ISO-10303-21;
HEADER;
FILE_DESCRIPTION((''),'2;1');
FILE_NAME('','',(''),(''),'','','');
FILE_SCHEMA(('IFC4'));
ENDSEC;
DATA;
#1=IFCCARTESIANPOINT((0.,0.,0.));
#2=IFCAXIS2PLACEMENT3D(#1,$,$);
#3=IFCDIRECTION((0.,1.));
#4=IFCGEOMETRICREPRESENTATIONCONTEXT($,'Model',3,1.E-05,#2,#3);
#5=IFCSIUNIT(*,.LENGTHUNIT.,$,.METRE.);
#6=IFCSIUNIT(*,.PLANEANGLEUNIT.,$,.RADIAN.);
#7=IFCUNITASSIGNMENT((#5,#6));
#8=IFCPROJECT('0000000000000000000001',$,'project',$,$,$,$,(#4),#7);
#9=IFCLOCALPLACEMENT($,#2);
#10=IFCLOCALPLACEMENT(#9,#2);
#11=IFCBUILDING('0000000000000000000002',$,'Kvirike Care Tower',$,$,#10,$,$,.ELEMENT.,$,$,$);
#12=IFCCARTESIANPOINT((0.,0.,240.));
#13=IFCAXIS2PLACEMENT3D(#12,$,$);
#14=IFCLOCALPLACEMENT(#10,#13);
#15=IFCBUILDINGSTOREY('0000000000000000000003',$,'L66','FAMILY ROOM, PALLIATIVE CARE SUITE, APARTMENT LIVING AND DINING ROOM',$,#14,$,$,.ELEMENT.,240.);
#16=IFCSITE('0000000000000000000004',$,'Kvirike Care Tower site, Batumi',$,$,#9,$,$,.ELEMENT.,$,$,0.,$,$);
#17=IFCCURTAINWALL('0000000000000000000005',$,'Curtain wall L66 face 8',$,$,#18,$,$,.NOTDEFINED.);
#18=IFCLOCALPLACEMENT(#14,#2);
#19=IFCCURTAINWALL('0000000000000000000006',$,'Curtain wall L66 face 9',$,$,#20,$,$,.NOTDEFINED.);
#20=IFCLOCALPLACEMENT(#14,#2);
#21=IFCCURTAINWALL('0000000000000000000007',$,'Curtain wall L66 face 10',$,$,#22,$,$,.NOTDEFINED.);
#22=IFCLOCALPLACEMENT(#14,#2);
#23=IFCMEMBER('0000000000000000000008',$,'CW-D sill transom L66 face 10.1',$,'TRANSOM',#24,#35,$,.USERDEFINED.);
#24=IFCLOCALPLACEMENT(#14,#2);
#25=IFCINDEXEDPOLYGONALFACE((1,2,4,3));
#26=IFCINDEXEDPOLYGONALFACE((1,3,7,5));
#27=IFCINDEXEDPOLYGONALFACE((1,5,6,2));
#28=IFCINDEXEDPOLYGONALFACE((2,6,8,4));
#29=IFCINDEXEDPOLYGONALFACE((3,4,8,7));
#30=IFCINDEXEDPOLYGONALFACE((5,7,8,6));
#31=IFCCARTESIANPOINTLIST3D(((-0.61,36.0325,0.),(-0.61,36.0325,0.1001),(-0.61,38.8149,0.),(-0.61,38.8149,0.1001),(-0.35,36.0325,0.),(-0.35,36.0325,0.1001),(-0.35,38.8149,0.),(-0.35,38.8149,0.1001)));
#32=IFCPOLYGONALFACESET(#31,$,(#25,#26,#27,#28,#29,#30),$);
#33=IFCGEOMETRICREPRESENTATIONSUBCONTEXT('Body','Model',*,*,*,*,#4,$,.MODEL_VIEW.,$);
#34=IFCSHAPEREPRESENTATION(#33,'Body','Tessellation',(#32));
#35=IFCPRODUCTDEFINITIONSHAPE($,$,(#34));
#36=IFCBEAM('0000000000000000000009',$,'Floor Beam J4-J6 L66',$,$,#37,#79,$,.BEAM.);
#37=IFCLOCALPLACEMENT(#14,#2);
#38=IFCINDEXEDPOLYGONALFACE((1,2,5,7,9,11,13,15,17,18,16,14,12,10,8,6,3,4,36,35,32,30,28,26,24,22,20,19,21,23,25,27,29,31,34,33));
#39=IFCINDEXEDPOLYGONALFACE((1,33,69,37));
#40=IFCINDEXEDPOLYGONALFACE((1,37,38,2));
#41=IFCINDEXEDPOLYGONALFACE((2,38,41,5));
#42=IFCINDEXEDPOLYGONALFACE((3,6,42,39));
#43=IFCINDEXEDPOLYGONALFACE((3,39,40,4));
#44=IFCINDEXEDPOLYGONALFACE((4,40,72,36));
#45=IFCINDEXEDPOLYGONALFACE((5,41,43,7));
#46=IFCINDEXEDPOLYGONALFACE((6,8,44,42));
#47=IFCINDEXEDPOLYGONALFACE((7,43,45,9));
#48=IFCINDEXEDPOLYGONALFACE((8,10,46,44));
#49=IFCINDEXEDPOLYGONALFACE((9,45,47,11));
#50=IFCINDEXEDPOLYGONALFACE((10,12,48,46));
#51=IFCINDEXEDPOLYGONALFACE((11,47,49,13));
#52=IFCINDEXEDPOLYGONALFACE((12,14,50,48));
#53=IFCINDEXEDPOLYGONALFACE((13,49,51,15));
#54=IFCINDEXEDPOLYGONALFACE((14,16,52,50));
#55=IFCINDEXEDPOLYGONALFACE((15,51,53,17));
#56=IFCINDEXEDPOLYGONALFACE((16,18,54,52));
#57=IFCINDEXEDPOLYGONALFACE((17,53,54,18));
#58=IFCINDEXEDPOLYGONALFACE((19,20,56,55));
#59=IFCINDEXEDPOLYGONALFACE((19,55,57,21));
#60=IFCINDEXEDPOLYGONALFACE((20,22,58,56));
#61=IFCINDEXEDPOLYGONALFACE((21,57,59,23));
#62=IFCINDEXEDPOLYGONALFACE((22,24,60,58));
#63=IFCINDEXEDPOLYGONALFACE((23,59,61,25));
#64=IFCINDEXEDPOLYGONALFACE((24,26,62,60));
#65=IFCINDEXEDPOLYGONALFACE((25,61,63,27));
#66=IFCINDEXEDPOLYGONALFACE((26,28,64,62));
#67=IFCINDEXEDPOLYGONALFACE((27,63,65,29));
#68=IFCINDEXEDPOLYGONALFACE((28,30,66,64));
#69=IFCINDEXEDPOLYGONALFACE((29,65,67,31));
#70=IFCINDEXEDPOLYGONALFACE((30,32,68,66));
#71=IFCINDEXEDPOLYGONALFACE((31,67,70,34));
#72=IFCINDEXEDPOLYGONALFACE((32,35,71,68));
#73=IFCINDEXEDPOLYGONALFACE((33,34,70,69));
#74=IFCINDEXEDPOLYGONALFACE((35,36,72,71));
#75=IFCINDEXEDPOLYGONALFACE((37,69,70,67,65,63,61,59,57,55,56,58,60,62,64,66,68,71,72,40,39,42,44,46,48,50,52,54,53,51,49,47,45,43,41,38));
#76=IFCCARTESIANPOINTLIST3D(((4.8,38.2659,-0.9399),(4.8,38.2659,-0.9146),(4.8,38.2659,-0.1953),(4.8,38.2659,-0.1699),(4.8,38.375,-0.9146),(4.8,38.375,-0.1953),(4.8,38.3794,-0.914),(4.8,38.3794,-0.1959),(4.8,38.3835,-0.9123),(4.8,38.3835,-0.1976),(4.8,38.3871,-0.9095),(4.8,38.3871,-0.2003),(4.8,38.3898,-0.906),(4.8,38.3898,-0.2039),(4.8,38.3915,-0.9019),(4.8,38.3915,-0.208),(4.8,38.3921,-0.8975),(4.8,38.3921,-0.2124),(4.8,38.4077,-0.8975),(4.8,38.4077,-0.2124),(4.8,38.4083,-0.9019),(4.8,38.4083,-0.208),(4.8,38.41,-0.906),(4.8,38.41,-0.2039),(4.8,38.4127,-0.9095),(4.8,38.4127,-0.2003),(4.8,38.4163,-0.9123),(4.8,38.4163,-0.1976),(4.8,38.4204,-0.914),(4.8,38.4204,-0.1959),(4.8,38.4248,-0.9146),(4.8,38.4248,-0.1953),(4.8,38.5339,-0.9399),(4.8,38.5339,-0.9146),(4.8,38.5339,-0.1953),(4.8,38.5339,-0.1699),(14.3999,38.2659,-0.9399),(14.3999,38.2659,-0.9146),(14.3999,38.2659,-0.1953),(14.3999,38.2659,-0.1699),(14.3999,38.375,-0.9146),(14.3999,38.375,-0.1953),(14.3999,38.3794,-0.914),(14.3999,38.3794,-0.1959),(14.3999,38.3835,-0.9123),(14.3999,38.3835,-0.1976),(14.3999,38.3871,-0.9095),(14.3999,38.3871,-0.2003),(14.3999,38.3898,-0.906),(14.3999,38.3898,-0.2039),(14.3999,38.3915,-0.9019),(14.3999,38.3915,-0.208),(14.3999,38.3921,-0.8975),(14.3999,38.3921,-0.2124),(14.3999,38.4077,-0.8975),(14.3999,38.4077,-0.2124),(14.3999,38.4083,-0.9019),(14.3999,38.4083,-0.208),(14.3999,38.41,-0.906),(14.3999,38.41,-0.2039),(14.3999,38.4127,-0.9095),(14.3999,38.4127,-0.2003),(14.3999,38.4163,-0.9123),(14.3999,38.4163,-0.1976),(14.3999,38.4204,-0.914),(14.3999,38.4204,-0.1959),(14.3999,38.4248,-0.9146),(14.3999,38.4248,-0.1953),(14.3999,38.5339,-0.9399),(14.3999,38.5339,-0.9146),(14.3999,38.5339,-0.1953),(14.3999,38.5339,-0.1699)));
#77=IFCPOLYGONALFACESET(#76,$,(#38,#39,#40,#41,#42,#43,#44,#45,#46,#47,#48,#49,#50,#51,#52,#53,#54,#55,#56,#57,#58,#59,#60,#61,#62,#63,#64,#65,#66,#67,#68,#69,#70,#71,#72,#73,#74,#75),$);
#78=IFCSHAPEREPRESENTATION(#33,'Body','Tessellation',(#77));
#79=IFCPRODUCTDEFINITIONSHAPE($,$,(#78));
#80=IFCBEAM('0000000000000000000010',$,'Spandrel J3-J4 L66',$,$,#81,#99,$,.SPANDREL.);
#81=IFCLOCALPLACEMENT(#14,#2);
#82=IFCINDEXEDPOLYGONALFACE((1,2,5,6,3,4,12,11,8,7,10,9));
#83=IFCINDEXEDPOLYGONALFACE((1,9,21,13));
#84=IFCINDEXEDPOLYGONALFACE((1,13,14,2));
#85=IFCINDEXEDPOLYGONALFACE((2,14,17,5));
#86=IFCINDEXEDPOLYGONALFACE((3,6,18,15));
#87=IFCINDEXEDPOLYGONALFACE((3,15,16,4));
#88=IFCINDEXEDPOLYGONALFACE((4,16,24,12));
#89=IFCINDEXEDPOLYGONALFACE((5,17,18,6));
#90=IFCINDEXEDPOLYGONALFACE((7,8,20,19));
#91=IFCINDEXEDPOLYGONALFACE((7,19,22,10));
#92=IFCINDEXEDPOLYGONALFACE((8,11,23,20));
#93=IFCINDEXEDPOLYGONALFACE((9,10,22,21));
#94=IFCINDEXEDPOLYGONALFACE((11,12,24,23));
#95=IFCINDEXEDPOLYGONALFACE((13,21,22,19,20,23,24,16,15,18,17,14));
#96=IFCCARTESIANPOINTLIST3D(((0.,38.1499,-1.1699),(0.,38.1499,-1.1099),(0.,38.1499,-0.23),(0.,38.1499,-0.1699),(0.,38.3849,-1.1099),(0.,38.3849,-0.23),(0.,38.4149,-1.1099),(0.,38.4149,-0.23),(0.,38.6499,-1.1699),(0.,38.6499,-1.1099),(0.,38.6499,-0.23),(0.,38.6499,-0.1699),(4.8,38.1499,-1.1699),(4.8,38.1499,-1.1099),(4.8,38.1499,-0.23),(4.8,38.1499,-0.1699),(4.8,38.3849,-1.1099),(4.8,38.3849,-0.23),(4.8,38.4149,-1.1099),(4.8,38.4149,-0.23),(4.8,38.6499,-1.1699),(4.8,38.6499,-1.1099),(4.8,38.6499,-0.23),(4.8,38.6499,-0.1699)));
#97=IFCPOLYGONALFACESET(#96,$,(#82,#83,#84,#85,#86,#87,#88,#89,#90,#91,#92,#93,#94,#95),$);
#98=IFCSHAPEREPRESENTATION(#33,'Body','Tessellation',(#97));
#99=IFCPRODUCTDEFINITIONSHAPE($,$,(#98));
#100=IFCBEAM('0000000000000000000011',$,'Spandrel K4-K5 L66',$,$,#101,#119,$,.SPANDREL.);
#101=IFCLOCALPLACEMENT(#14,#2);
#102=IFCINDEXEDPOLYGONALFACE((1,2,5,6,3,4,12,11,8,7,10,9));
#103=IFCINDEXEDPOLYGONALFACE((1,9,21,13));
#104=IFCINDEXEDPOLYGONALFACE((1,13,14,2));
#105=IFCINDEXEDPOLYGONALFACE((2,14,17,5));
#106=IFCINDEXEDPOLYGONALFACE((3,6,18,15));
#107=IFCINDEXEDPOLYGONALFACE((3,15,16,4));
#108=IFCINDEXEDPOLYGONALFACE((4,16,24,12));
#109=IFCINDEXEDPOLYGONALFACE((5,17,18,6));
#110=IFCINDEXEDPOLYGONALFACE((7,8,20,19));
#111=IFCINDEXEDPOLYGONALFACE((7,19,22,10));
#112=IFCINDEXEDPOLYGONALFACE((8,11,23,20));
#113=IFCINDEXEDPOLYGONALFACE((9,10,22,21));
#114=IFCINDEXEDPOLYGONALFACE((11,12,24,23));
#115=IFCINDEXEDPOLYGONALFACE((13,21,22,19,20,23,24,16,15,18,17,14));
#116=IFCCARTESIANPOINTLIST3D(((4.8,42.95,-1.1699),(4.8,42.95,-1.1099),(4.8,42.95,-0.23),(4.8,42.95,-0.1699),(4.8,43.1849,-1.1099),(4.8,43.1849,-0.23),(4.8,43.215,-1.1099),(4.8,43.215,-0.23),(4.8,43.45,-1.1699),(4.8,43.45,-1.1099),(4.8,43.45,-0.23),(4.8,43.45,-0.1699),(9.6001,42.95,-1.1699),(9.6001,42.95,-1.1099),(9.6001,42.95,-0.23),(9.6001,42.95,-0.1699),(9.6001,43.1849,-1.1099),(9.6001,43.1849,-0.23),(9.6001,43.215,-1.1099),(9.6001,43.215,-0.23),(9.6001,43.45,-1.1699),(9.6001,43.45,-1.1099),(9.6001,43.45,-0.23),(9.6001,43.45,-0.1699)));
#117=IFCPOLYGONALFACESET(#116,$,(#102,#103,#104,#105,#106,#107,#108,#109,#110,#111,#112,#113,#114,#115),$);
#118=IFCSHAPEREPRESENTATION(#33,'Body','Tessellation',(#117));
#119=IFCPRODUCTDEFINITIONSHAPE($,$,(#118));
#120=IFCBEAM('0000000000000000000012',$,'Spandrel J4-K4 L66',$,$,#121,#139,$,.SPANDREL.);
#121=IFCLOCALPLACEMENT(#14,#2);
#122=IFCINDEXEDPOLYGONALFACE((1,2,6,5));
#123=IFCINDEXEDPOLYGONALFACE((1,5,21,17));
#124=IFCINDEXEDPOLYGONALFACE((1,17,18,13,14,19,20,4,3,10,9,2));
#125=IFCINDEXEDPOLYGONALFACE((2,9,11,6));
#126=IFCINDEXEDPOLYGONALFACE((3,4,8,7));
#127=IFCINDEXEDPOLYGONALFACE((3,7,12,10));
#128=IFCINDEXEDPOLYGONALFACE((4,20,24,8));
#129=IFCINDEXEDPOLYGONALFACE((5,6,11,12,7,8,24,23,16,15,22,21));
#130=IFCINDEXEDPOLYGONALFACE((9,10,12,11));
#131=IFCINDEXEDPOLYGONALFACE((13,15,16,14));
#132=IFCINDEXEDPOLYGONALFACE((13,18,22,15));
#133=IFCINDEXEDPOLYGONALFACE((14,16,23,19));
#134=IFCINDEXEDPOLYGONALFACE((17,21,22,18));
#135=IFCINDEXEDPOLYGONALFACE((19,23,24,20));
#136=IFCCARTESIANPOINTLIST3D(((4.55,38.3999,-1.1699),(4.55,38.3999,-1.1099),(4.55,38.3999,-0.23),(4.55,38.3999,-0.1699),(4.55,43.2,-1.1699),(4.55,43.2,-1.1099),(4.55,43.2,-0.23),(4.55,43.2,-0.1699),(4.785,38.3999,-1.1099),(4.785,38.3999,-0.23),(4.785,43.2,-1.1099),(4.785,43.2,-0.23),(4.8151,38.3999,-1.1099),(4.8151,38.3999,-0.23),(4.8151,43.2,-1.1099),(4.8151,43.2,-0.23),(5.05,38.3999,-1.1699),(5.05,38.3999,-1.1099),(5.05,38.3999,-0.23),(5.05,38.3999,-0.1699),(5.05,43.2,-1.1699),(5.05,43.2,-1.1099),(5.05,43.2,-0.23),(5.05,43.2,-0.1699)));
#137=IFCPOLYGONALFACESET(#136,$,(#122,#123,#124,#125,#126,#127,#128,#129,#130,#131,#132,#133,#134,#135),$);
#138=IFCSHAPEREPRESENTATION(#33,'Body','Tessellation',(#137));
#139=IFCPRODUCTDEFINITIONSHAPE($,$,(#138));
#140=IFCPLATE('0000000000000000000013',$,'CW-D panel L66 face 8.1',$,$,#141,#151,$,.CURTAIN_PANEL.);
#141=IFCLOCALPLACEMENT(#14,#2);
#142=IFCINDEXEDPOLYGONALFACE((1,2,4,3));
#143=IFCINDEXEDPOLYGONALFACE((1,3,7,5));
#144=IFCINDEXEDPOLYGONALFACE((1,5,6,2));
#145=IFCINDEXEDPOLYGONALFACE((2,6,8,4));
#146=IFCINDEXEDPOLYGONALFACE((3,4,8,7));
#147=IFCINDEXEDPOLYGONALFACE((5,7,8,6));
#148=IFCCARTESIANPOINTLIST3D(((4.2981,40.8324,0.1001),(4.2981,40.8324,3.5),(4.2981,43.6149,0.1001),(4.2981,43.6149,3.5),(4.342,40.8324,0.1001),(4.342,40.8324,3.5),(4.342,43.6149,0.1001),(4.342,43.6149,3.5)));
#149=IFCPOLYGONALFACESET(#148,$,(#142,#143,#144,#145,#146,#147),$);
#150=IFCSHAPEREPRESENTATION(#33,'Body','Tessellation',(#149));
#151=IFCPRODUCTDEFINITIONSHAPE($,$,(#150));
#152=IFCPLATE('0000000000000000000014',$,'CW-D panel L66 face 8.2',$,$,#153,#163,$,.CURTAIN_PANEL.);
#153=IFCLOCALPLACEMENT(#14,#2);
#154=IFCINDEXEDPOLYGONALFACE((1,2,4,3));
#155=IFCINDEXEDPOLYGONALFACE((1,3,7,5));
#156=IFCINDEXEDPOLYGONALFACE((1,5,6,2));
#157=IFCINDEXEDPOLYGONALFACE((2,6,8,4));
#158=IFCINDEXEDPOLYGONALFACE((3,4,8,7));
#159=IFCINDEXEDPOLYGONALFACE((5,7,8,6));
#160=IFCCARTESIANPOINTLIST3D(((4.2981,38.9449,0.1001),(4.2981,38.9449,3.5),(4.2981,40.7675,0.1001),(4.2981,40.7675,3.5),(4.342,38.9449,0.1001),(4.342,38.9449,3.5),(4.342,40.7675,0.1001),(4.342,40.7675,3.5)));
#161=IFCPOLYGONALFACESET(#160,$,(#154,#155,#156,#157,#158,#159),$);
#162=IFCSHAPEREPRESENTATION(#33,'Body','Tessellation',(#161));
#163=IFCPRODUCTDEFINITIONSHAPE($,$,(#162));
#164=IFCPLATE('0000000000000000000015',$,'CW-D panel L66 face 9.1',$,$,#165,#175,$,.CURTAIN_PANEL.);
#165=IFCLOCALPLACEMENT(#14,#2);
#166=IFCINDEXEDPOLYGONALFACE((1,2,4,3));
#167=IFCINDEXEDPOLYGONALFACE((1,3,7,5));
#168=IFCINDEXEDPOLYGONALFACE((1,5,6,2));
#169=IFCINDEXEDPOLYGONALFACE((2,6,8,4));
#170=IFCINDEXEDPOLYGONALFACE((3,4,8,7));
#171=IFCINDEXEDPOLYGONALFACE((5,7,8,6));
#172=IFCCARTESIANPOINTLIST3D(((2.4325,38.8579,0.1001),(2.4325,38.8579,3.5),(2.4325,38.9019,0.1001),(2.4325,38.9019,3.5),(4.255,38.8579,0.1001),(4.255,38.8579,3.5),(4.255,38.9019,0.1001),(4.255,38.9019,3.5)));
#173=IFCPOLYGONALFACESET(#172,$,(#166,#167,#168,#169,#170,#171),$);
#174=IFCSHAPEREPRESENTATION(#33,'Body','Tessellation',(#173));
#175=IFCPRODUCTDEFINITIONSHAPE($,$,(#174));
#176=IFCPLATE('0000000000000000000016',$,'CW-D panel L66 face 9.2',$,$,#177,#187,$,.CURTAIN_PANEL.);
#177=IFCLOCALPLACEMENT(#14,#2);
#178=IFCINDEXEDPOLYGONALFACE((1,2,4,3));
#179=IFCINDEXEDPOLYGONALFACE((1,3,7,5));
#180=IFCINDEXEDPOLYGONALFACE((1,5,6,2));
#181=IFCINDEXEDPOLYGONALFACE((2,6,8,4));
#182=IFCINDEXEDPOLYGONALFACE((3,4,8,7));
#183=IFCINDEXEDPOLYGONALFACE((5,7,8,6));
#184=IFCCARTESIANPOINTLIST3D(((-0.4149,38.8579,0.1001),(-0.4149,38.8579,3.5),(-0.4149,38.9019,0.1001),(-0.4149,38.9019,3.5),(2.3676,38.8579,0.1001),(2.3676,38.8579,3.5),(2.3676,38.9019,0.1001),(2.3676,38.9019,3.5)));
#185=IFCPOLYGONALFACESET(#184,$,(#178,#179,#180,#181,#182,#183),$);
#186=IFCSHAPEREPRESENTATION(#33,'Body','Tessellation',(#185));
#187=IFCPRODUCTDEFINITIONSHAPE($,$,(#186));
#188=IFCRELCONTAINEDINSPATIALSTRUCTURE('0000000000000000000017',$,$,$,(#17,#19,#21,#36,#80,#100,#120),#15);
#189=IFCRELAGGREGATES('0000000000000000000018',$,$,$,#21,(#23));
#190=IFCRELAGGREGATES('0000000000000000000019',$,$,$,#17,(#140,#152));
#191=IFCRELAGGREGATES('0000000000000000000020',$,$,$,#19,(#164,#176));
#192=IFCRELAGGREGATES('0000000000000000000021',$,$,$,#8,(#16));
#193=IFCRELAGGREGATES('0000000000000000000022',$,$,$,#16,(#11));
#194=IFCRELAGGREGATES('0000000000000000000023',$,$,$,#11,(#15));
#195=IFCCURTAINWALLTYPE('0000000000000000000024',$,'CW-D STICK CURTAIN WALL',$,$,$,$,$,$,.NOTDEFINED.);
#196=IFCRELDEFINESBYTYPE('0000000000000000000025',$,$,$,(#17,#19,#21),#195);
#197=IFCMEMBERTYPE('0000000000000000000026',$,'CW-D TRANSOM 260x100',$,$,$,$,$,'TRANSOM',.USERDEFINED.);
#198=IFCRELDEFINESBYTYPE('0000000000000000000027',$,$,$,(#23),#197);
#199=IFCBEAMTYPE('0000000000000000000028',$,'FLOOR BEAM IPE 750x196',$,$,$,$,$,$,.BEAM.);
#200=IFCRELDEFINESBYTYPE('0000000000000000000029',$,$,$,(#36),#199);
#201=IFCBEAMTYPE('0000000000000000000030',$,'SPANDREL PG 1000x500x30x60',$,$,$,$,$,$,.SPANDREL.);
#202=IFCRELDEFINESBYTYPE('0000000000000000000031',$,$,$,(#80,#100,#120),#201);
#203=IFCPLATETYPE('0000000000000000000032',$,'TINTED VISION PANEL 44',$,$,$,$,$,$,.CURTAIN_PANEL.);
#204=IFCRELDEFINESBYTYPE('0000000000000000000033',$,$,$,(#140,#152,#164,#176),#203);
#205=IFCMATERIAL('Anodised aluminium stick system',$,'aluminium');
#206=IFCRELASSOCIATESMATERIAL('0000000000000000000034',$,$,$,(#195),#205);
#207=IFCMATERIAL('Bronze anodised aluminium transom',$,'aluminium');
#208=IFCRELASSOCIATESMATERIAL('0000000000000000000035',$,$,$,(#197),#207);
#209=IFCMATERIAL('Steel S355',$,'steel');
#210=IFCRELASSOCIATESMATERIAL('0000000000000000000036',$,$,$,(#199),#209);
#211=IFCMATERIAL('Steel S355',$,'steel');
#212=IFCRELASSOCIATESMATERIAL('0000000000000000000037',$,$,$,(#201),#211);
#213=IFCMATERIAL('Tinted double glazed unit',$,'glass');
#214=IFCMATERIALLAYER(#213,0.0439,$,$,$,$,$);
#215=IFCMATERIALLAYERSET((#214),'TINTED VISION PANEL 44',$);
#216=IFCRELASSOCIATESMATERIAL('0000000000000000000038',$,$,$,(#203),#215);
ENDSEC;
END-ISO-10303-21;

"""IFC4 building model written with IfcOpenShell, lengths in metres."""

from ifc_helpers import new_model, si_unit, direction, frame, origin, origin_2d, place, context, subcontext, project, spatial, rectangle, i_section, extrude, material, layer, layer_set, material_profile, profile_set, type_object, element, aggregate, save


model = new_model("IFC4")

# Units and contexts
model_context = context("Model", 3, precision=1e-05, world=origin(), true_north=direction((0.0, 1.0)))
body_context = subcontext(model_context, "Body", "Model", "MODEL_VIEW")
ifc_project = project(units=[si_unit("LENGTHUNIT", "METRE"), si_unit("PLANEANGLEUNIT", "RADIAN")], contexts=[model_context])

# Site, building, storey
site_placement = place(None, origin())
site = spatial("IfcSite", under=ifc_project, at=site_placement, Name="Kvirike Care Tower site, Batumi", CompositionType="ELEMENT", RefElevation=0.0)
building_placement = place(site_placement, origin())
building = spatial("IfcBuilding", under=site, at=building_placement, Name="Kvirike Care Tower", CompositionType="ELEMENT")
storey_placement = place(building_placement, frame((0.0, 0.0, 240.0)))
storey = spatial("IfcBuildingStorey", under=building, at=storey_placement, Name="L66", Description="FAMILY ROOM, PALLIATIVE CARE SUITE, APARTMENT LIVING AND DINING ROOM", CompositionType="ELEMENT", Elevation=240.0)

# Shared definitions
ifc_material_1 = material(Name="Anodised aluminium stick system", Category="aluminium")
curtain_wall_type = type_object("IfcCurtainWallType", Name="CW-D STICK CURTAIN WALL", PredefinedType="NOTDEFINED", material=ifc_material_1)

# Curtain walls
curtain_wall_1_placement = place(storey_placement, origin())
curtain_wall_1 = element("IfcCurtainWall", 1, at=curtain_wall_1_placement, inside=storey, type_object=curtain_wall_type, Name="Curtain wall L66 face 8", PredefinedType="NOTDEFINED")
curtain_wall_2_placement = place(storey_placement, origin())
curtain_wall_2 = element("IfcCurtainWall", 2, at=curtain_wall_2_placement, inside=storey, type_object=curtain_wall_type, Name="Curtain wall L66 face 9", PredefinedType="NOTDEFINED")

# Curtain wall
curtain_wall_3_placement = place(storey_placement, origin())
curtain_wall_3 = element("IfcCurtainWall", 3, at=curtain_wall_3_placement, inside=storey, type_object=curtain_wall_type, Name="Curtain wall L66 face 10", PredefinedType="NOTDEFINED")

# Member
ifc_material_2 = material(Name="Bronze anodised aluminium transom", Category="aluminium")
ifc_material_profile_1 = material_profile(ifc_material_2, rectangle(XDim=0.26, YDim=0.1001, at=origin_2d()), Name="CW-D TRANSOM 260x100")
ifc_profile_set_1 = profile_set([ifc_material_profile_1], Name="Bronze anodised aluminium transom")
member_type_1 = type_object("IfcMemberType", Name="CW-D TRANSOM 260x100", ElementType="TRANSOM", PredefinedType="USERDEFINED", material=ifc_profile_set_1)
member_1_placement = place(storey_placement, frame((-0.48, 38.8149, 0.05), z_axis=(0.0, -1.0, 0.0), x_axis=(1.0, 0.0, 0.0)))
member_1 = element("IfcMember", 4, at=member_1_placement, type_object=member_type_1, Name="CW-D sill transom L66 face 10.1", ObjectType="TRANSOM", PredefinedType="USERDEFINED", context=body_context, shape_type="SweptSolid", body=[
    extrude(rectangle(XDim=0.26, YDim=0.1001, at=origin_2d()), origin(), (0.0, 0.0, 1.0), 2.7825),
])
aggregate(curtain_wall_3, [member_1])

# Beams
ifc_material_3 = material(Name="Steel S355", Category="steel")
ifc_material_profile_2 = material_profile(ifc_material_3, i_section(OverallWidth=0.2681, OverallDepth=0.77, WebThickness=0.0156, FlangeThickness=0.0254, FilletRadius=0.0171, at=origin_2d()), Name="IPE 750x196")
ifc_profile_set_2 = profile_set([ifc_material_profile_2], Name="Steel S355")
beam_type_1 = type_object("IfcBeamType", Name="FLOOR BEAM IPE 750x196", PredefinedType="BEAM", material=ifc_profile_set_2)
beam_placement = place(storey_placement, frame((4.8, 38.3999, -0.5549), z_axis=(1.0, 0.0, 0.0), x_axis=(0.0, 1.0, 0.0)))
element("IfcBeam", 5, at=beam_placement, inside=storey, type_object=beam_type_1, Name="Floor Beam J4-J6 L66", PredefinedType="BEAM", context=body_context, shape_type="SweptSolid", body=[
    extrude(i_section(OverallWidth=0.2681, OverallDepth=0.77, WebThickness=0.0156, FlangeThickness=0.0254, FilletRadius=0.0171, at=origin_2d()), origin(), (0.0, 0.0, 1.0), 9.5999),
])
ifc_material_4 = material(Name="Steel S355", Category="steel")
ifc_material_profile_3 = material_profile(ifc_material_4, i_section(OverallWidth=0.5, OverallDepth=1.0, WebThickness=0.03, FlangeThickness=0.0601, at=origin_2d()), Name="PG 1000x500x30x60")
ifc_profile_set_3 = profile_set([ifc_material_profile_3], Name="Steel S355")
beam_type_2 = type_object("IfcBeamType", Name="SPANDREL PG 1000x500x30x60", PredefinedType="SPANDREL", material=ifc_profile_set_3)
for number, where, z_axis, x_axis, name in (
    (6, (0.0, 38.3999, -0.6699), (1.0, 0.0, 0.0), (0.0, 1.0, 0.0), "Spandrel J3-J4 L66"),
    (7, (4.8, 43.2, -0.6699), (1.0, 0.0, 0.0), (0.0, 1.0, 0.0), "Spandrel K4-K5 L66"),
    (8, (4.8, 38.3999, -0.6699), (0.0, 1.0, 0.0), (-1.0, 0.0, 0.0), "Spandrel J4-K4 L66"),
):
    element("IfcBeam", number, at=place(storey_placement, frame(where, z_axis=z_axis, x_axis=x_axis)), inside=storey, type_object=beam_type_2, Name=name, PredefinedType="SPANDREL", context=body_context, shape_type="SweptSolid", body=[
        extrude(i_section(OverallWidth=0.5, OverallDepth=1.0, WebThickness=0.03, FlangeThickness=0.0601, at=origin_2d()), origin(), (0.0, 0.0, 1.0), 4.8),
    ])

# Plates
ifc_material_5 = material(Name="Tinted double glazed unit", Category="glass")
ifc_layer_1 = layer(ifc_material_5, 0.0439)
ifc_layer_set_1 = layer_set([ifc_layer_1], Name="TINTED VISION PANEL 44")
plate_type = type_object("IfcPlateType", Name="TINTED VISION PANEL 44", PredefinedType="CURTAIN_PANEL", material=ifc_layer_set_1)
plate_1_placement = place(storey_placement, frame((4.3201, 42.2236, 0.1001), z_axis=(0.0, 0.0, 1.0), x_axis=(0.0, -1.0, 0.0)))
plate_1 = element("IfcPlate", 9, at=plate_1_placement, type_object=plate_type, Name="CW-D panel L66 face 8.1", PredefinedType="CURTAIN_PANEL", context=body_context, shape_type="SweptSolid", body=[
    extrude(rectangle(XDim=2.7825, YDim=0.0439, at=origin_2d()), origin(), (0.0, 0.0, 1.0), 3.3999),
])
plate_2_placement = place(storey_placement, frame((4.3201, 39.8562, 0.1001), z_axis=(0.0, 0.0, 1.0), x_axis=(0.0, -1.0, 0.0)))
plate_2 = element("IfcPlate", 10, at=plate_2_placement, type_object=plate_type, Name="CW-D panel L66 face 8.2", PredefinedType="CURTAIN_PANEL", context=body_context, shape_type="SweptSolid", body=[
    extrude(rectangle(XDim=1.8225, YDim=0.0439, at=origin_2d()), origin(), (0.0, 0.0, 1.0), 3.3999),
])
aggregate(curtain_wall_1, [plate_1, plate_2])
plate_3_placement = place(storey_placement, frame((3.3438, 38.8799, 0.1001), z_axis=(0.0, 0.0, 1.0), x_axis=(-1.0, 0.0, 0.0)))
plate_3 = element("IfcPlate", 11, at=plate_3_placement, type_object=plate_type, Name="CW-D panel L66 face 9.1", PredefinedType="CURTAIN_PANEL", context=body_context, shape_type="SweptSolid", body=[
    extrude(rectangle(XDim=1.8225, YDim=0.0439, at=origin_2d()), origin(), (0.0, 0.0, 1.0), 3.3999),
])
plate_4_placement = place(storey_placement, frame((0.9763, 38.8799, 0.1001), z_axis=(0.0, 0.0, 1.0), x_axis=(-1.0, 0.0, 0.0)))
plate_4 = element("IfcPlate", 12, at=plate_4_placement, type_object=plate_type, Name="CW-D panel L66 face 9.2", PredefinedType="CURTAIN_PANEL", context=body_context, shape_type="SweptSolid", body=[
    extrude(rectangle(XDim=2.7825, YDim=0.0439, at=origin_2d()), origin(), (0.0, 0.0, 1.0), 3.3999),
])
aggregate(curtain_wall_2, [plate_3, plate_4])

save(model, "model.ifc")
